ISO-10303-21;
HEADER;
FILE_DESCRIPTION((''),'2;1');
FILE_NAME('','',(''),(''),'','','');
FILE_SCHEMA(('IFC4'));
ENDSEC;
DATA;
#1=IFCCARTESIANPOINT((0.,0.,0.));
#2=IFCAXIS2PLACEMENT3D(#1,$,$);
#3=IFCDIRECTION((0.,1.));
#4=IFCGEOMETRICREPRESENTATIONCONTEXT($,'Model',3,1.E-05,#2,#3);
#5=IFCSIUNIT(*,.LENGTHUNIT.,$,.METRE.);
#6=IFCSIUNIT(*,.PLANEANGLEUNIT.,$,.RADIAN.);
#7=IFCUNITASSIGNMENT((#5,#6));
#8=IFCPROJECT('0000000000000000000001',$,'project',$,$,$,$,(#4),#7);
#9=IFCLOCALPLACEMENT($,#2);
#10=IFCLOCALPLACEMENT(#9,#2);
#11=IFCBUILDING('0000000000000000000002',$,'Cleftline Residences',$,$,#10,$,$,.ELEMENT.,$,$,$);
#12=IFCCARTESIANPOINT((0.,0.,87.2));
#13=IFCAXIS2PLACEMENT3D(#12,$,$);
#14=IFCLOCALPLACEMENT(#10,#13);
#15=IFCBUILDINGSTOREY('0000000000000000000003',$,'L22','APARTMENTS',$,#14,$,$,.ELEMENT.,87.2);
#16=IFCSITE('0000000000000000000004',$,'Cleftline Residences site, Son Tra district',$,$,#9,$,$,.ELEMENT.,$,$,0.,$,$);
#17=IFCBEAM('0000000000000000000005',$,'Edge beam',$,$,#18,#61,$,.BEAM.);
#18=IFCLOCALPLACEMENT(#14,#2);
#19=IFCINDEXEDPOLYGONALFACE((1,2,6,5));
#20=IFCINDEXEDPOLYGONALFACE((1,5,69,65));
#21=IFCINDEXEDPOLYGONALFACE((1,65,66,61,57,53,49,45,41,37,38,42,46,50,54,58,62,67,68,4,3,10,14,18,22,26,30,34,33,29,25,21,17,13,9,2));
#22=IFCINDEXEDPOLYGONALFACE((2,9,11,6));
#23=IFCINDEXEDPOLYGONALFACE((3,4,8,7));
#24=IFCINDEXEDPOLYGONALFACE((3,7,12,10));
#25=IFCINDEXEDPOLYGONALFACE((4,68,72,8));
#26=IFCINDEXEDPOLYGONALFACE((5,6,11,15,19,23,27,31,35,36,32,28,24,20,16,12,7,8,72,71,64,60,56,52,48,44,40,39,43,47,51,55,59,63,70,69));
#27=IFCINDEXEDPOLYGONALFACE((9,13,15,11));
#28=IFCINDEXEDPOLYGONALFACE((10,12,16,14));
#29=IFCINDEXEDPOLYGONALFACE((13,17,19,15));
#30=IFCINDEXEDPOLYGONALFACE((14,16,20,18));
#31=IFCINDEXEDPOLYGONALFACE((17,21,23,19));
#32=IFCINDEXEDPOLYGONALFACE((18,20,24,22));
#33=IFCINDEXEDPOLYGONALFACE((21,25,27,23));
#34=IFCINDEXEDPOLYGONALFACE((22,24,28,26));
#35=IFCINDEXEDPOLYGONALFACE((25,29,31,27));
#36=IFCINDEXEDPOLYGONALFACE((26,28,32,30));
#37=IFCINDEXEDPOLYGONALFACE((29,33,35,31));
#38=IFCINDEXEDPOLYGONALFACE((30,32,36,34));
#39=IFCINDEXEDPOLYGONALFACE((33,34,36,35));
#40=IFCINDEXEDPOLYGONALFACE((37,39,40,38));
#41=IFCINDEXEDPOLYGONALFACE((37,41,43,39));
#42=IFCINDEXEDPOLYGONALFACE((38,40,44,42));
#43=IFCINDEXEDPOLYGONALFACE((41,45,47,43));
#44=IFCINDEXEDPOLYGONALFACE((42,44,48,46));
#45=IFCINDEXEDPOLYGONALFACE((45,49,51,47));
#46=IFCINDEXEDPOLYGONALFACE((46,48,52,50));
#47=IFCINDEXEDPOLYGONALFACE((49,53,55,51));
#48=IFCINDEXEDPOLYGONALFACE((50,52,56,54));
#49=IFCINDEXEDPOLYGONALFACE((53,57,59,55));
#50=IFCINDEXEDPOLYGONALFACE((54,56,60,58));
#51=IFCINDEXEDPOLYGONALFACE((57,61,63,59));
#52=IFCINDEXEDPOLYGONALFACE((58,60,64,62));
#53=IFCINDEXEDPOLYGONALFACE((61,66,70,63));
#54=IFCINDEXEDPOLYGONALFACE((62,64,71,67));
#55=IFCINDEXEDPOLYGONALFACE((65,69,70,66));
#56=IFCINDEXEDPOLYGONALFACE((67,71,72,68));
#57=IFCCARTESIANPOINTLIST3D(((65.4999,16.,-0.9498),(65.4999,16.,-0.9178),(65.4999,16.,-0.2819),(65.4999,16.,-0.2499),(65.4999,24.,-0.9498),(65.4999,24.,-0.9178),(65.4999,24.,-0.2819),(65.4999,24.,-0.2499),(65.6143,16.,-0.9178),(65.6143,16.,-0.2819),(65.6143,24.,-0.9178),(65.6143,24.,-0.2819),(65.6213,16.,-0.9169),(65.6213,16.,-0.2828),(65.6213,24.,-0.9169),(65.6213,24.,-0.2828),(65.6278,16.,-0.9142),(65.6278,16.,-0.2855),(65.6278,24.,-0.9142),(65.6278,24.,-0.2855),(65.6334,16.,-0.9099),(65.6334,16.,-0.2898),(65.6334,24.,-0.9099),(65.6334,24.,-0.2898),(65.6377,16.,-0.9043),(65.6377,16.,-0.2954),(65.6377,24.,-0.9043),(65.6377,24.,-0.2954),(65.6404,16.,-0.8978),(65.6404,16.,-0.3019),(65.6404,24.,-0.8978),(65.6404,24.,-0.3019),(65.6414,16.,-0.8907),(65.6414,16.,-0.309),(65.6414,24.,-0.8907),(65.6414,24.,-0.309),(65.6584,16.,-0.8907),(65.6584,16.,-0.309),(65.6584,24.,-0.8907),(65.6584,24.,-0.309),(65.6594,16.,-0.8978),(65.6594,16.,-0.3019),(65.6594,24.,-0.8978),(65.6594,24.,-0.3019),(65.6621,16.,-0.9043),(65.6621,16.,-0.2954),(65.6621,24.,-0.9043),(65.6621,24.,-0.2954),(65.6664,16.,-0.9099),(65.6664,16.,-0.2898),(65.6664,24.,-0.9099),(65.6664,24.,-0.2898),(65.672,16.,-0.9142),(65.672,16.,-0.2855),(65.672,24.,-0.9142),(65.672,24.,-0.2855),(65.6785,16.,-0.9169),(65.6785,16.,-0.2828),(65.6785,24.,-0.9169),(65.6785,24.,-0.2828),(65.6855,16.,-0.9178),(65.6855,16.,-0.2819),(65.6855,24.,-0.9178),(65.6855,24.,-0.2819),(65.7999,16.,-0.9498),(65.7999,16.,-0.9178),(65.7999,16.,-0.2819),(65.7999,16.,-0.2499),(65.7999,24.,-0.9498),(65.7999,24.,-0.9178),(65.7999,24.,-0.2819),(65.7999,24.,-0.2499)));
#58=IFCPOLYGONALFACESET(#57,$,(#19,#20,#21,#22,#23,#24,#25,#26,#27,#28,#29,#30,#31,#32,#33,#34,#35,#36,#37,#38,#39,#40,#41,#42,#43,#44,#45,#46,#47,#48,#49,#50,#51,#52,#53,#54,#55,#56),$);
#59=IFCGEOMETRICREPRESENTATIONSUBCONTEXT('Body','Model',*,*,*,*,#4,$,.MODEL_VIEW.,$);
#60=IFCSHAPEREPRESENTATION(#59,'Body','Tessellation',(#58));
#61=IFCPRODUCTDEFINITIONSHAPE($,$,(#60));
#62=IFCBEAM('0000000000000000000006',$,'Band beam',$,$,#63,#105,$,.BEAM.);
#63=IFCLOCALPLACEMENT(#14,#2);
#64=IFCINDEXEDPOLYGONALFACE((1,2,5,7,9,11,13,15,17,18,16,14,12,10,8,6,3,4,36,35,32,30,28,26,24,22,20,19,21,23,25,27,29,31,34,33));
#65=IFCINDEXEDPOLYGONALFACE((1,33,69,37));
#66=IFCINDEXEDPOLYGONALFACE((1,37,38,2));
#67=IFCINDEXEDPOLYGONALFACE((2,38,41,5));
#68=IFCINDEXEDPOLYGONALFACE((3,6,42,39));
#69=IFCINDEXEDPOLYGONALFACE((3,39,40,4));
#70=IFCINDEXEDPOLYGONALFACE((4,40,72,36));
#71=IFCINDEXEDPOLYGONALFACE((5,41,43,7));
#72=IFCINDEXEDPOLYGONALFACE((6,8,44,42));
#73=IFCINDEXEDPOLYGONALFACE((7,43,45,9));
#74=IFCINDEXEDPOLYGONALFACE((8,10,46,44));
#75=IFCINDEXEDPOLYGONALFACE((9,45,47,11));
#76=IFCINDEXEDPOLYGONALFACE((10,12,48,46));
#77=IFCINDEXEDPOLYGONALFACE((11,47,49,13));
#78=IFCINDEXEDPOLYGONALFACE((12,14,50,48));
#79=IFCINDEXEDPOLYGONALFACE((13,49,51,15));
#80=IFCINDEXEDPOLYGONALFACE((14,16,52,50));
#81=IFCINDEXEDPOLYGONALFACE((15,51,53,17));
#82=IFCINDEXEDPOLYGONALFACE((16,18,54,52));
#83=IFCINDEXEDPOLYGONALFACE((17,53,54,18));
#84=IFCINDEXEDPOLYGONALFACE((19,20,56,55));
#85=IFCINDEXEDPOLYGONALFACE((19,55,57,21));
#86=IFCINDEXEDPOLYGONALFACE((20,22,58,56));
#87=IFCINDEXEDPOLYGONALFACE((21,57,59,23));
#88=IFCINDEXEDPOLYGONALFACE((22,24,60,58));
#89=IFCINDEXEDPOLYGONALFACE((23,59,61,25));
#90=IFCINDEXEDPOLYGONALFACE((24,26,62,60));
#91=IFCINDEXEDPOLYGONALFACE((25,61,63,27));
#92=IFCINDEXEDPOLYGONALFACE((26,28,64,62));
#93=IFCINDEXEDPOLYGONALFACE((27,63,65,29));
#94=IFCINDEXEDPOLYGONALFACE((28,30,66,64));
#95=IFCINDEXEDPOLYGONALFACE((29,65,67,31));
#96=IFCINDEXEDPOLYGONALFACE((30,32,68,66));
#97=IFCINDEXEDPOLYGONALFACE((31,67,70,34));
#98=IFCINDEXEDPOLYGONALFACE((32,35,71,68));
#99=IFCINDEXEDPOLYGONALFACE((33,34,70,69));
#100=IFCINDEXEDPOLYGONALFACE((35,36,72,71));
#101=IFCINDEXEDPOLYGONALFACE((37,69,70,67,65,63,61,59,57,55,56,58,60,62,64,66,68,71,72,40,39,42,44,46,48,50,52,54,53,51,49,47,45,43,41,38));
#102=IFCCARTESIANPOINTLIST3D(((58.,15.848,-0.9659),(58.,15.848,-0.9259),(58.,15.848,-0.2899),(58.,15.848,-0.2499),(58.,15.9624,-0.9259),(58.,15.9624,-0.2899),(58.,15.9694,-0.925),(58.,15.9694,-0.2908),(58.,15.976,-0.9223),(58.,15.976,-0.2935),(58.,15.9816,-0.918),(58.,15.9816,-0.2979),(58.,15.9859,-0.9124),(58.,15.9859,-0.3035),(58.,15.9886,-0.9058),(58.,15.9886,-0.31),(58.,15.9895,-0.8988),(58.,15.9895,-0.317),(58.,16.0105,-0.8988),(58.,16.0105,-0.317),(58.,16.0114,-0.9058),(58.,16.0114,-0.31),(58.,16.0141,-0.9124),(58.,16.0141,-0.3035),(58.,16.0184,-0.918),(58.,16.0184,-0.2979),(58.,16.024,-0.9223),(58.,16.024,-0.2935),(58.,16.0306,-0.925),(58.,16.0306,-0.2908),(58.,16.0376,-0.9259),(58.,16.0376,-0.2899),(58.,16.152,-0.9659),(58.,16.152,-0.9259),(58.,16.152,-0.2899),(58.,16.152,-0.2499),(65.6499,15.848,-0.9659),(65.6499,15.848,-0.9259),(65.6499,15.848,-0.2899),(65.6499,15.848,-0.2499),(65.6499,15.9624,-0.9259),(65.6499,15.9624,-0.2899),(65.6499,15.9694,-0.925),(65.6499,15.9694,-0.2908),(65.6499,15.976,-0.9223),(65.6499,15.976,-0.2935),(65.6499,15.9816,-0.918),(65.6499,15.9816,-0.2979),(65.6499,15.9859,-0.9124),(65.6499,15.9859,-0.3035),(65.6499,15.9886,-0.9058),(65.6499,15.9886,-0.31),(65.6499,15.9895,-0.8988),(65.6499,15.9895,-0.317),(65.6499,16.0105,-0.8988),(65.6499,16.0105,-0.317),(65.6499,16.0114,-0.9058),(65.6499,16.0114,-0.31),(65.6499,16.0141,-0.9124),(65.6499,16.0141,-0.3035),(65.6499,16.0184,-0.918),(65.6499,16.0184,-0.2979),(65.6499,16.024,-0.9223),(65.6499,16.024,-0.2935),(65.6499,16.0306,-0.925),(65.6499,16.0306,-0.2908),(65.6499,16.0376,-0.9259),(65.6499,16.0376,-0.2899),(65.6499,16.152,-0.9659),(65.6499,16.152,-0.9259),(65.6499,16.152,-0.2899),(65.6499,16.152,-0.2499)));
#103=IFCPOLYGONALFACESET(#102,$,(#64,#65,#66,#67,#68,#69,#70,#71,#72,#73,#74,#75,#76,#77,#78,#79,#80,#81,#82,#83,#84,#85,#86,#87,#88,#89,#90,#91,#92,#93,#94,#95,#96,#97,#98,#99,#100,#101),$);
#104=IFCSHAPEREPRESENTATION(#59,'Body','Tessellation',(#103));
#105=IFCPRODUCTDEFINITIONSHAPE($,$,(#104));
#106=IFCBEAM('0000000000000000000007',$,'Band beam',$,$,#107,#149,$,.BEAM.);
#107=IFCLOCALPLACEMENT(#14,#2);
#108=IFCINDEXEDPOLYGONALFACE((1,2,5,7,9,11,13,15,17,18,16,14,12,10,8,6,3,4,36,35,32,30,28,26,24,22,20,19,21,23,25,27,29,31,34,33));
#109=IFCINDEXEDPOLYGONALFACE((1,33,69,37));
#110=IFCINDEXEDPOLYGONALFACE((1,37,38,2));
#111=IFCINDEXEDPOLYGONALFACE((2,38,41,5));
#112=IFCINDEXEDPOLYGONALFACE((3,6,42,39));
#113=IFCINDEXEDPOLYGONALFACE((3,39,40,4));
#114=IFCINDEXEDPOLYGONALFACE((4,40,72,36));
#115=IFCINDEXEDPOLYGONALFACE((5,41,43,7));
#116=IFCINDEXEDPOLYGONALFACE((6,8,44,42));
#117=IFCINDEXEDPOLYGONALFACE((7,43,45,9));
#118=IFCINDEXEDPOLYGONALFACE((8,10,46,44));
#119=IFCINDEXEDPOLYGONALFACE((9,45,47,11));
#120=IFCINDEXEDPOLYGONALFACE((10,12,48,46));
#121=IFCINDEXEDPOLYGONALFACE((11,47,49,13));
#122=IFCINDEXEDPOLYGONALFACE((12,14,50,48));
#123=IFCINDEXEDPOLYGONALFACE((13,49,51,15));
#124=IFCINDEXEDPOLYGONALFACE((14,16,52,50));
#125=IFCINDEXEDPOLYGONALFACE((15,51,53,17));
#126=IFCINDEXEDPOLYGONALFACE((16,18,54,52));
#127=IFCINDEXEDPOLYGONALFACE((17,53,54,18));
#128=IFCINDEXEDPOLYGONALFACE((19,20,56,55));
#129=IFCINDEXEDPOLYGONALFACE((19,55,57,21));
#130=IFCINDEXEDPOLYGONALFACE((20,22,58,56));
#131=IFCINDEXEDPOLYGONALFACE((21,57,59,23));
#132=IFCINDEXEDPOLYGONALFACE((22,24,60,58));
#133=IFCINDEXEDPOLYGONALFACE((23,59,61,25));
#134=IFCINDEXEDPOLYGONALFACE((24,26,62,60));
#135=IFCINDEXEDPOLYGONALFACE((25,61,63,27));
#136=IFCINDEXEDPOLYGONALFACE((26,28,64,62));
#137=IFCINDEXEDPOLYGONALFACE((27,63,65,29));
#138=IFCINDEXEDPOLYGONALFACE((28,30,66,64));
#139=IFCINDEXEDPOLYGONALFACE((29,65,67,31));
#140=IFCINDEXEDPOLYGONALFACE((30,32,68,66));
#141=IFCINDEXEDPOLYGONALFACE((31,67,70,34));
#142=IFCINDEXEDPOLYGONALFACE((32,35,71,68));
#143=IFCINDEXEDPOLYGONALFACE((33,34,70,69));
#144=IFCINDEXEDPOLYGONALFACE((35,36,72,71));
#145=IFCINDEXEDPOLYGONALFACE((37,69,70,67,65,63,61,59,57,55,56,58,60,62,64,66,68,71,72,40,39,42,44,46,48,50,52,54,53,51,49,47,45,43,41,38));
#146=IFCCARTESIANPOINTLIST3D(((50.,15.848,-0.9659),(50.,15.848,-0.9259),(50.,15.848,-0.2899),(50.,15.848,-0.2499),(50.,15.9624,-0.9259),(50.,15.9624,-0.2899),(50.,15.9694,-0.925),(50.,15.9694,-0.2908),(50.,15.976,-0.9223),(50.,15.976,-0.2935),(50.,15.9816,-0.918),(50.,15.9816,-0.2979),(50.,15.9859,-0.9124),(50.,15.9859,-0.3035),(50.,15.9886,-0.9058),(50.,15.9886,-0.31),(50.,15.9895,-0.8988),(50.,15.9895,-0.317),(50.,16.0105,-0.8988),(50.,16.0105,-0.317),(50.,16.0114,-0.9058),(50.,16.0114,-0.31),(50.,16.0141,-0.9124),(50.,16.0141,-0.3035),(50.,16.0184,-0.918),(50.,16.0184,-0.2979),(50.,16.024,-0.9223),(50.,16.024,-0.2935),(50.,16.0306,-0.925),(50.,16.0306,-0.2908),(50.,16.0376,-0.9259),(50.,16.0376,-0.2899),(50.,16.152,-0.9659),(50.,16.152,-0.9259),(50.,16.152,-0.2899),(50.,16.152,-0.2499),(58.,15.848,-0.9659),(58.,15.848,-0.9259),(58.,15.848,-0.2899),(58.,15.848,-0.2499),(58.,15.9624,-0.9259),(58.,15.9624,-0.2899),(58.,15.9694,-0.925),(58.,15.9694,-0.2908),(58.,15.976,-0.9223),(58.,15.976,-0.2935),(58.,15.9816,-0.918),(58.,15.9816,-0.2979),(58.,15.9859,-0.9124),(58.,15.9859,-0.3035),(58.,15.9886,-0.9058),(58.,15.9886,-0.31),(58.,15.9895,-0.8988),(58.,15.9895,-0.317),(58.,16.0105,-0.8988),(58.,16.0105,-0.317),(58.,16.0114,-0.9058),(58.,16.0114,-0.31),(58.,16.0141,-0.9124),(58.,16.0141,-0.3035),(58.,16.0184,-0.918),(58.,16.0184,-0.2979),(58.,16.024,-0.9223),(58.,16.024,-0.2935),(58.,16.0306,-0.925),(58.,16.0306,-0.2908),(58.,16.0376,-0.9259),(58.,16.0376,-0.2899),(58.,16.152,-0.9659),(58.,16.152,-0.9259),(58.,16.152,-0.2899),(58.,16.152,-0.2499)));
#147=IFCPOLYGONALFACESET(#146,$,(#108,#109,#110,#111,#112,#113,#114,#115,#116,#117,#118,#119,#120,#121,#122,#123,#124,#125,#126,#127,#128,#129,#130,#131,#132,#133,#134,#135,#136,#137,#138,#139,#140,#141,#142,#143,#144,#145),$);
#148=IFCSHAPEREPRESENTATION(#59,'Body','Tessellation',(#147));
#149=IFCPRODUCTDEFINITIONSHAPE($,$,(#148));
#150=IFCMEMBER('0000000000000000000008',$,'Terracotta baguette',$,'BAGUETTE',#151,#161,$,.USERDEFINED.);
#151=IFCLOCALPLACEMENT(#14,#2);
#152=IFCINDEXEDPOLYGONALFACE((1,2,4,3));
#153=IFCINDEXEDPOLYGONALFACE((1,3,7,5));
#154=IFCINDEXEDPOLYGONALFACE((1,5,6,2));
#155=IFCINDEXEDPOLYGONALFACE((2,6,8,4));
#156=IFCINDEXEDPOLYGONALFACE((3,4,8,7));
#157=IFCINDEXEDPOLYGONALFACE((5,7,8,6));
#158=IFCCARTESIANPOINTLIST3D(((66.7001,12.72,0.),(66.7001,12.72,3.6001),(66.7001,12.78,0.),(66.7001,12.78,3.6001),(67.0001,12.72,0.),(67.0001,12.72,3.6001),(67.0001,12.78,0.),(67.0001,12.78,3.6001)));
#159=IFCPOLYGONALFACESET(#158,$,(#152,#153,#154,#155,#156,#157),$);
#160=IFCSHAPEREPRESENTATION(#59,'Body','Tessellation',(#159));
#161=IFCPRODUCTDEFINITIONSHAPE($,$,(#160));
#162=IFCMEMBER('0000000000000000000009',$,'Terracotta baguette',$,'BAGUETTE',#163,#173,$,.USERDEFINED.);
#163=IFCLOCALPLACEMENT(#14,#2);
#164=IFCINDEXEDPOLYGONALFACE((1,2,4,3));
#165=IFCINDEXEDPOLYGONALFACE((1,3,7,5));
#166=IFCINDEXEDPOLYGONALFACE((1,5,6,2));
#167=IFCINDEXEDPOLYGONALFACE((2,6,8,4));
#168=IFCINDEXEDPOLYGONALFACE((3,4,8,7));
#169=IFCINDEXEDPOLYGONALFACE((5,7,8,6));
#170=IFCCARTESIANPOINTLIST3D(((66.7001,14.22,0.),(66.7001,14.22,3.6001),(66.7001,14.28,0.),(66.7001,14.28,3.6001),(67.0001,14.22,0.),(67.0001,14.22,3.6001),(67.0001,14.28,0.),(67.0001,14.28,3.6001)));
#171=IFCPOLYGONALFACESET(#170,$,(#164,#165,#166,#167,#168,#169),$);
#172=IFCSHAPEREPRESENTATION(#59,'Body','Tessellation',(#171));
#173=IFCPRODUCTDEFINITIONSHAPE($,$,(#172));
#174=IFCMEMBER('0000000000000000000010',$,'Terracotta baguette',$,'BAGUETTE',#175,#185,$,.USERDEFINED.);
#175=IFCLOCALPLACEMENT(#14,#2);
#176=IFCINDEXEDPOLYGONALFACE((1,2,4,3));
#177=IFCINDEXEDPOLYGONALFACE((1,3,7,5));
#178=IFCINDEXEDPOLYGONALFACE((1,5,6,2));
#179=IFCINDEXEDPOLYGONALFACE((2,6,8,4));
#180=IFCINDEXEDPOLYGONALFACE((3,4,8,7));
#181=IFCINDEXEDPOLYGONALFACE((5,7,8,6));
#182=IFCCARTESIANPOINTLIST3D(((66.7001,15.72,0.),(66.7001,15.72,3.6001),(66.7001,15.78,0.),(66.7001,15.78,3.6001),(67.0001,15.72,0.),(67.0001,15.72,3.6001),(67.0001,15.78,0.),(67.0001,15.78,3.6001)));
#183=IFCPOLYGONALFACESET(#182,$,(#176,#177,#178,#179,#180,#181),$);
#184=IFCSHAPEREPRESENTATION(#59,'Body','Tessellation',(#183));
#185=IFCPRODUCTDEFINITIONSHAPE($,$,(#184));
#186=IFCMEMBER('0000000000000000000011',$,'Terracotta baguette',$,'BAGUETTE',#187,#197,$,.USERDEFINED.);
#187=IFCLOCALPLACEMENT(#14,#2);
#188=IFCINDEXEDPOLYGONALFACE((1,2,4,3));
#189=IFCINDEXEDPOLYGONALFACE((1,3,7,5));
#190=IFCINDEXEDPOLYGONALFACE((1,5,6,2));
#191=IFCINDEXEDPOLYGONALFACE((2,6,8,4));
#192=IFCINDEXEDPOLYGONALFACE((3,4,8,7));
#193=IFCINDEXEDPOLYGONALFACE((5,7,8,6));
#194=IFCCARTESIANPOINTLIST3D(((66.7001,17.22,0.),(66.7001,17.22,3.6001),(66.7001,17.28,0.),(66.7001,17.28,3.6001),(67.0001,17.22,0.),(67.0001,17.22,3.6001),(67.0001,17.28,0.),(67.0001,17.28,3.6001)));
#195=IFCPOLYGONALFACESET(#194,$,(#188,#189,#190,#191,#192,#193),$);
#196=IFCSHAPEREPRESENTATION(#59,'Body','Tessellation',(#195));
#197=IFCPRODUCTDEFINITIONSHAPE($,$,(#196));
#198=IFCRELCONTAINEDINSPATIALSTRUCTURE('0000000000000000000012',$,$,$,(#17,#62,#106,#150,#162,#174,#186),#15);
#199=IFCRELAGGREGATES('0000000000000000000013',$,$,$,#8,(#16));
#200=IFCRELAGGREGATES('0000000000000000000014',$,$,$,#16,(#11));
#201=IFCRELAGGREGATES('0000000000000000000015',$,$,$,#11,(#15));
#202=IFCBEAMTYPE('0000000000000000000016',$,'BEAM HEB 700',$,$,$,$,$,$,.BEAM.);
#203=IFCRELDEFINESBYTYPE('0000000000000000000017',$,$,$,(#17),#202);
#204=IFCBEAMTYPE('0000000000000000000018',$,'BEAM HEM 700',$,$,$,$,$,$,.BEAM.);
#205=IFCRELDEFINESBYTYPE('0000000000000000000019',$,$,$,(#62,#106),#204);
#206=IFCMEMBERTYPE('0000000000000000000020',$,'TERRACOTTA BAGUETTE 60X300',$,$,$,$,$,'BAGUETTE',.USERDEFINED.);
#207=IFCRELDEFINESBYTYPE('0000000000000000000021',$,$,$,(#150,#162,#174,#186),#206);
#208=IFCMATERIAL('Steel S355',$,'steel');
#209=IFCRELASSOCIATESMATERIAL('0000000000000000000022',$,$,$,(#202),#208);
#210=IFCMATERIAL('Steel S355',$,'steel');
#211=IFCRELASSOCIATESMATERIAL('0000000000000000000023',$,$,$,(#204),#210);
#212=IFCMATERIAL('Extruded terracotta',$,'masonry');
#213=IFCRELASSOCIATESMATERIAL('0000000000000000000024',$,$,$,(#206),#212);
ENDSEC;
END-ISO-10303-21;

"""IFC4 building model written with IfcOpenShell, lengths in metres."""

from ifc_helpers import new_model, si_unit, direction, frame, origin, origin_2d, place, context, subcontext, project, spatial, rectangle, i_section, extrude, material, material_profile, profile_set, type_object, element, save


model = new_model("IFC4")

# Units and contexts
model_context = context("Model", 3, precision=1e-05, world=origin(), true_north=direction((0.0, 1.0)))
body_context = subcontext(model_context, "Body", "Model", "MODEL_VIEW")
ifc_project = project(units=[si_unit("LENGTHUNIT", "METRE"), si_unit("PLANEANGLEUNIT", "RADIAN")], contexts=[model_context])

# Site, building, storey
site_placement = place(None, origin())
site = spatial("IfcSite", under=ifc_project, at=site_placement, Name="Cleftline Residences site, Son Tra district", CompositionType="ELEMENT", RefElevation=0.0)
building_placement = place(site_placement, origin())
building = spatial("IfcBuilding", under=site, at=building_placement, Name="Cleftline Residences", CompositionType="ELEMENT")
storey_placement = place(building_placement, frame((0.0, 0.0, 87.2)))
storey = spatial("IfcBuildingStorey", under=building, at=storey_placement, Name="L22", Description="APARTMENTS", CompositionType="ELEMENT", Elevation=87.2)

# Beams
ifc_material_1 = material(Name="Steel S355", Category="steel")
ifc_material_profile_1 = material_profile(ifc_material_1, i_section(OverallWidth=0.3, OverallDepth=0.7, WebThickness=0.0171, FlangeThickness=0.032, FilletRadius=0.0271, at=origin_2d()))
ifc_profile_set_1 = profile_set([ifc_material_profile_1], Name="Steel S355")
beam_type_1 = type_object("IfcBeamType", Name="BEAM HEB 700", PredefinedType="BEAM", material=ifc_profile_set_1)
beam_1_placement = place(storey_placement, frame((65.6499, 16.0, -0.5999), z_axis=(0.0, 1.0, 0.0), x_axis=(-1.0, 0.0, 0.0)))
element("IfcBeam", 1, at=beam_1_placement, inside=storey, type_object=beam_type_1, Name="Edge beam", PredefinedType="BEAM", context=body_context, shape_type="SweptSolid", body=[
    extrude(i_section(OverallWidth=0.3, OverallDepth=0.7, WebThickness=0.0171, FlangeThickness=0.032, FilletRadius=0.0271, at=origin_2d()), origin(), (0.0, 0.0, 1.0), 8.0),
])
ifc_material_2 = material(Name="Steel S355", Category="steel")
ifc_material_profile_2 = material_profile(ifc_material_2, i_section(OverallWidth=0.304, OverallDepth=0.7161, WebThickness=0.021, FlangeThickness=0.04, FilletRadius=0.0271, at=origin_2d()))
ifc_profile_set_2 = profile_set([ifc_material_profile_2], Name="Steel S355")
beam_type_2 = type_object("IfcBeamType", Name="BEAM HEM 700", PredefinedType="BEAM", material=ifc_profile_set_2)
beam_2_placement = place(storey_placement, frame((65.6499, 16.0, -0.6079), z_axis=(-1.0, 0.0, 0.0), x_axis=(0.0, -1.0, 0.0)))
element("IfcBeam", 2, at=beam_2_placement, inside=storey, type_object=beam_type_2, Name="Band beam", PredefinedType="BEAM", context=body_context, shape_type="SweptSolid", body=[
    extrude(i_section(OverallWidth=0.304, OverallDepth=0.7161, WebThickness=0.021, FlangeThickness=0.04, FilletRadius=0.0271, at=origin_2d()), origin(), (0.0, 0.0, 1.0), 7.6499),
])
beam_3_placement = place(storey_placement, frame((58.0, 16.0, -0.6079), z_axis=(-1.0, 0.0, 0.0), x_axis=(0.0, -1.0, 0.0)))
element("IfcBeam", 3, at=beam_3_placement, inside=storey, type_object=beam_type_2, Name="Band beam", PredefinedType="BEAM", context=body_context, shape_type="SweptSolid", body=[
    extrude(i_section(OverallWidth=0.304, OverallDepth=0.7161, WebThickness=0.021, FlangeThickness=0.04, FilletRadius=0.0271, at=origin_2d()), origin(), (0.0, 0.0, 1.0), 8.0),
])

# Members
ifc_material_3 = material(Name="Extruded terracotta", Category="masonry")
ifc_material_profile_3 = material_profile(ifc_material_3, rectangle(XDim=0.0601, YDim=0.3, at=origin_2d()))
ifc_profile_set_3 = profile_set([ifc_material_profile_3], Name="Extruded terracotta")
member_type_1 = type_object("IfcMemberType", Name="TERRACOTTA BAGUETTE 60X300", ElementType="BAGUETTE", PredefinedType="USERDEFINED", material=ifc_profile_set_3)
for number, where, z_axis, x_axis, name in (
    (4, (66.8501, 12.75, 0.0), (0.0, 0.0, 1.0), (0.0, 1.0, 0.0), "Terracotta baguette"),
    (5, (66.8501, 14.25, 0.0), (0.0, 0.0, 1.0), (0.0, 1.0, 0.0), "Terracotta baguette"),
    (6, (66.8501, 15.75, 0.0), (0.0, 0.0, 1.0), (0.0, 1.0, 0.0), "Terracotta baguette"),
    (7, (66.8501, 17.25, 0.0), (0.0, 0.0, 1.0), (0.0, 1.0, 0.0), "Terracotta baguette"),
):
    element("IfcMember", number, at=place(storey_placement, frame(where, z_axis=z_axis, x_axis=x_axis)), inside=storey, type_object=member_type_1, Name=name, ObjectType="BAGUETTE", PredefinedType="USERDEFINED", context=body_context, shape_type="SweptSolid", body=[
        extrude(rectangle(XDim=0.0601, YDim=0.3, at=origin_2d()), origin(), (0.0, 0.0, 1.0), 3.6001),
    ])

save(model, "model.ifc")
